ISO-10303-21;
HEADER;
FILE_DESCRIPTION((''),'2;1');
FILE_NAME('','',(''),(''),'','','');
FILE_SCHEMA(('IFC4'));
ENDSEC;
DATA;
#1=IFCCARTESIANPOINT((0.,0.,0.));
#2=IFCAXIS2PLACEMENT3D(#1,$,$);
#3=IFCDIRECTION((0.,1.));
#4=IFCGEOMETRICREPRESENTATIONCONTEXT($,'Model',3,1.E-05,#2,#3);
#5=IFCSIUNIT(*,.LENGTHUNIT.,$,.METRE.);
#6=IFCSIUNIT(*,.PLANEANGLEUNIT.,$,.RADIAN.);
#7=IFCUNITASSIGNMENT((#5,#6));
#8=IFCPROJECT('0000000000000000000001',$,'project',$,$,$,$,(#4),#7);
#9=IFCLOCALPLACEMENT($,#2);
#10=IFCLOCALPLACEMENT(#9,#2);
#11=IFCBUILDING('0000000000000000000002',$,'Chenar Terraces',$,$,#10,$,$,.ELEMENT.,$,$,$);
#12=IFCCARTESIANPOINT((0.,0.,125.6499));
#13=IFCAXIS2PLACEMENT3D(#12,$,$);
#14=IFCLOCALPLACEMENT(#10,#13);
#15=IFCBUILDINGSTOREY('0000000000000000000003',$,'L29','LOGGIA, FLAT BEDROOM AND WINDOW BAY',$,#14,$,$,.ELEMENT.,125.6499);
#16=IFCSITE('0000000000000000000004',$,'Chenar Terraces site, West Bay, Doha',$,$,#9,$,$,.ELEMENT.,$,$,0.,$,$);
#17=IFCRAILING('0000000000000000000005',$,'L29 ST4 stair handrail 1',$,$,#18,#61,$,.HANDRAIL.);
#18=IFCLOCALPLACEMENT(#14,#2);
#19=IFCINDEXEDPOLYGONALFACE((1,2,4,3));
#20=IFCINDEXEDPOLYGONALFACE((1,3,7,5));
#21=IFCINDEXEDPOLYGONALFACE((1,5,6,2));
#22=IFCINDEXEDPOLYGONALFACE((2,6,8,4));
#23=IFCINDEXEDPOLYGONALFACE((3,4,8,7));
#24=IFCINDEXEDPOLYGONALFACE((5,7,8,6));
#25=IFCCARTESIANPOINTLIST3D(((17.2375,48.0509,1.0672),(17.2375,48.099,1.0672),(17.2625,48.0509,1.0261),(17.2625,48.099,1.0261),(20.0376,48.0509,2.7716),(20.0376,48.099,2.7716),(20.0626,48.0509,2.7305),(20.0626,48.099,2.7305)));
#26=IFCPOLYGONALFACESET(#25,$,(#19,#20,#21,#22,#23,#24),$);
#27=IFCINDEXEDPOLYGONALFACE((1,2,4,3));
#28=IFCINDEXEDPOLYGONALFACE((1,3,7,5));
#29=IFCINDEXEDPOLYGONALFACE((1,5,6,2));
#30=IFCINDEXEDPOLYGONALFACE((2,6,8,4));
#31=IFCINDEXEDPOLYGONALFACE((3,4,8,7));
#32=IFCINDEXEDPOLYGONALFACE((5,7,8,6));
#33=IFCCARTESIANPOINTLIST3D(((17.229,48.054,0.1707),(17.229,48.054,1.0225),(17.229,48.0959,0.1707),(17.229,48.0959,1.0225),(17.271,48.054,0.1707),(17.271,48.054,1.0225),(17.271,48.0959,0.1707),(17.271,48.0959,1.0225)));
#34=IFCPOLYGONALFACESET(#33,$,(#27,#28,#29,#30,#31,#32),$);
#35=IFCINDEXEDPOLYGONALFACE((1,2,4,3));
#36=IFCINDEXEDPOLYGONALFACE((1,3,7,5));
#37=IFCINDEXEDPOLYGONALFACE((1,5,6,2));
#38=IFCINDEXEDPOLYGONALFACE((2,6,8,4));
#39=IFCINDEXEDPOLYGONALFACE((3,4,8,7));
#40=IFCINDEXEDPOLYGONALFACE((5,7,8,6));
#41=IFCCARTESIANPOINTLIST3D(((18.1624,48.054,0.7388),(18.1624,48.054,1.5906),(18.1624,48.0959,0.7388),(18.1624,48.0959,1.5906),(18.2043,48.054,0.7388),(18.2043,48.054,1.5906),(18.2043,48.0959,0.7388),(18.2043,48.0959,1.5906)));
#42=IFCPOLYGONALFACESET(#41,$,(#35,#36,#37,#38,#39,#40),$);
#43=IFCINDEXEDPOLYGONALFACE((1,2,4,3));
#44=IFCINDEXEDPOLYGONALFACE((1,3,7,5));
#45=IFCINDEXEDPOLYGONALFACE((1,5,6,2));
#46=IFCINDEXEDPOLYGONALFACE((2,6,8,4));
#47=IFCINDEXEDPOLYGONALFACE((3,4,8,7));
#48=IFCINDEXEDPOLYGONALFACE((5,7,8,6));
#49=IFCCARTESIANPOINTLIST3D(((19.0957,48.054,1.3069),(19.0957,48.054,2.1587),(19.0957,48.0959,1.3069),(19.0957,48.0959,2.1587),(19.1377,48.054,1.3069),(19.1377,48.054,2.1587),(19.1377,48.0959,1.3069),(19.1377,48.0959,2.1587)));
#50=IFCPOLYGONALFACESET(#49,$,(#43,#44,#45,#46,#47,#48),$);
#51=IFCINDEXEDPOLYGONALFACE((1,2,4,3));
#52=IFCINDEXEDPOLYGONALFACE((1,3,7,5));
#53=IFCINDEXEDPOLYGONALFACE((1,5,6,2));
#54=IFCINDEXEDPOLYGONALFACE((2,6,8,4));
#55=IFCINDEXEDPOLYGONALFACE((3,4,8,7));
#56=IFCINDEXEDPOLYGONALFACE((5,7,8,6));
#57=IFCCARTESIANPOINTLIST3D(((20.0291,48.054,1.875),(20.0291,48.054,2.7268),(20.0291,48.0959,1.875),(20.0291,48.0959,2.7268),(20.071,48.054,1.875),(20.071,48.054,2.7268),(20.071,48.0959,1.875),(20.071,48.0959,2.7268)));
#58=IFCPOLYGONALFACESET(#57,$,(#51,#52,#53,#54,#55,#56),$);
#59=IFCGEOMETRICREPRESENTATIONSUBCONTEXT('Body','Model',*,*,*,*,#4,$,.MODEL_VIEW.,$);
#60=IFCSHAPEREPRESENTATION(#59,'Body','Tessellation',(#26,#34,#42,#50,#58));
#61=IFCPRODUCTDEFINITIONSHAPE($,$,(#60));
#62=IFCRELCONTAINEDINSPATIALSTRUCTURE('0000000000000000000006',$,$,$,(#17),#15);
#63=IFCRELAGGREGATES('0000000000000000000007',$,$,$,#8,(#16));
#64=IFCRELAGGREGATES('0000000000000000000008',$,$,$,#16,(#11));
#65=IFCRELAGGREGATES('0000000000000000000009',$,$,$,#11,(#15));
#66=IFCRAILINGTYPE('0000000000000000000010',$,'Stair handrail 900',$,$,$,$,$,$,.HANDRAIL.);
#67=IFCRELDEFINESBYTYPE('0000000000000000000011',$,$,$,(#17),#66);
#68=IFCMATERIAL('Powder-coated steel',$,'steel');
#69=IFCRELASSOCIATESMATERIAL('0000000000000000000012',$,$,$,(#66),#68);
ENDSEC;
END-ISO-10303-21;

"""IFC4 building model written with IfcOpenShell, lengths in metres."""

from ifc_helpers import new_model, si_unit, direction, frame, origin, origin_2d, place, context, subcontext, project, spatial, rectangle, extrude, material, type_object, element, save


model = new_model("IFC4")

# Units and contexts
model_context = context("Model", 3, precision=1e-05, world=origin(), true_north=direction((0.0, 1.0)))
body_context = subcontext(model_context, "Body", "Model", "MODEL_VIEW")
ifc_project = project(units=[si_unit("LENGTHUNIT", "METRE"), si_unit("PLANEANGLEUNIT", "RADIAN")], contexts=[model_context])

# Site, building, storey
site_placement = place(None, origin())
site = spatial("IfcSite", under=ifc_project, at=site_placement, Name="Chenar Terraces site, West Bay, Doha", CompositionType="ELEMENT", RefElevation=0.0)
building_placement = place(site_placement, origin())
building = spatial("IfcBuilding", under=site, at=building_placement, Name="Chenar Terraces", CompositionType="ELEMENT")
storey_placement = place(building_placement, frame((0.0, 0.0, 125.6499)))
storey = spatial("IfcBuildingStorey", under=building, at=storey_placement, Name="L29", Description="LOGGIA, FLAT BEDROOM AND WINDOW BAY", CompositionType="ELEMENT", Elevation=125.6499)

# Railing
ifc_material_1 = material(Name="Powder-coated steel", Category="steel")
railing_type = type_object("IfcRailingType", Name="Stair handrail 900", PredefinedType="HANDRAIL", material=ifc_material_1)
railing_placement = place(storey_placement, frame((17.25, 48.075, 0.1707)))
element("IfcRailing", 1, at=railing_placement, inside=storey, type_object=railing_type, Name="L29 ST4 stair handrail 1", PredefinedType="HANDRAIL", context=body_context, shape_type="SweptSolid", body=[
    extrude(rectangle(XDim=0.0481, YDim=0.0481, at=origin_2d()), frame((0.0, 0.0, 0.876), z_axis=(0.854203, 0.0, 0.51994), x_axis=(0.0, 1.0, 0.0)), (0.0, 0.0, 1.0), 3.2781),
    extrude(rectangle(XDim=0.042, YDim=0.042, at=origin_2d()), origin(), (0.0, 0.0, 1.0), 0.8518),
    extrude(rectangle(XDim=0.042, YDim=0.042, at=origin_2d()), frame((0.9333, 0.0, 0.5681)), (0.0, 0.0, 1.0), 0.8518),
    extrude(rectangle(XDim=0.042, YDim=0.042, at=origin_2d()), frame((1.8667, 0.0, 1.1362)), (0.0, 0.0, 1.0), 0.8518),
    extrude(rectangle(XDim=0.042, YDim=0.042, at=origin_2d()), frame((2.8, 0.0, 1.7043)), (0.0, 0.0, 1.0), 0.8518),
])

save(model, "model.ifc")
